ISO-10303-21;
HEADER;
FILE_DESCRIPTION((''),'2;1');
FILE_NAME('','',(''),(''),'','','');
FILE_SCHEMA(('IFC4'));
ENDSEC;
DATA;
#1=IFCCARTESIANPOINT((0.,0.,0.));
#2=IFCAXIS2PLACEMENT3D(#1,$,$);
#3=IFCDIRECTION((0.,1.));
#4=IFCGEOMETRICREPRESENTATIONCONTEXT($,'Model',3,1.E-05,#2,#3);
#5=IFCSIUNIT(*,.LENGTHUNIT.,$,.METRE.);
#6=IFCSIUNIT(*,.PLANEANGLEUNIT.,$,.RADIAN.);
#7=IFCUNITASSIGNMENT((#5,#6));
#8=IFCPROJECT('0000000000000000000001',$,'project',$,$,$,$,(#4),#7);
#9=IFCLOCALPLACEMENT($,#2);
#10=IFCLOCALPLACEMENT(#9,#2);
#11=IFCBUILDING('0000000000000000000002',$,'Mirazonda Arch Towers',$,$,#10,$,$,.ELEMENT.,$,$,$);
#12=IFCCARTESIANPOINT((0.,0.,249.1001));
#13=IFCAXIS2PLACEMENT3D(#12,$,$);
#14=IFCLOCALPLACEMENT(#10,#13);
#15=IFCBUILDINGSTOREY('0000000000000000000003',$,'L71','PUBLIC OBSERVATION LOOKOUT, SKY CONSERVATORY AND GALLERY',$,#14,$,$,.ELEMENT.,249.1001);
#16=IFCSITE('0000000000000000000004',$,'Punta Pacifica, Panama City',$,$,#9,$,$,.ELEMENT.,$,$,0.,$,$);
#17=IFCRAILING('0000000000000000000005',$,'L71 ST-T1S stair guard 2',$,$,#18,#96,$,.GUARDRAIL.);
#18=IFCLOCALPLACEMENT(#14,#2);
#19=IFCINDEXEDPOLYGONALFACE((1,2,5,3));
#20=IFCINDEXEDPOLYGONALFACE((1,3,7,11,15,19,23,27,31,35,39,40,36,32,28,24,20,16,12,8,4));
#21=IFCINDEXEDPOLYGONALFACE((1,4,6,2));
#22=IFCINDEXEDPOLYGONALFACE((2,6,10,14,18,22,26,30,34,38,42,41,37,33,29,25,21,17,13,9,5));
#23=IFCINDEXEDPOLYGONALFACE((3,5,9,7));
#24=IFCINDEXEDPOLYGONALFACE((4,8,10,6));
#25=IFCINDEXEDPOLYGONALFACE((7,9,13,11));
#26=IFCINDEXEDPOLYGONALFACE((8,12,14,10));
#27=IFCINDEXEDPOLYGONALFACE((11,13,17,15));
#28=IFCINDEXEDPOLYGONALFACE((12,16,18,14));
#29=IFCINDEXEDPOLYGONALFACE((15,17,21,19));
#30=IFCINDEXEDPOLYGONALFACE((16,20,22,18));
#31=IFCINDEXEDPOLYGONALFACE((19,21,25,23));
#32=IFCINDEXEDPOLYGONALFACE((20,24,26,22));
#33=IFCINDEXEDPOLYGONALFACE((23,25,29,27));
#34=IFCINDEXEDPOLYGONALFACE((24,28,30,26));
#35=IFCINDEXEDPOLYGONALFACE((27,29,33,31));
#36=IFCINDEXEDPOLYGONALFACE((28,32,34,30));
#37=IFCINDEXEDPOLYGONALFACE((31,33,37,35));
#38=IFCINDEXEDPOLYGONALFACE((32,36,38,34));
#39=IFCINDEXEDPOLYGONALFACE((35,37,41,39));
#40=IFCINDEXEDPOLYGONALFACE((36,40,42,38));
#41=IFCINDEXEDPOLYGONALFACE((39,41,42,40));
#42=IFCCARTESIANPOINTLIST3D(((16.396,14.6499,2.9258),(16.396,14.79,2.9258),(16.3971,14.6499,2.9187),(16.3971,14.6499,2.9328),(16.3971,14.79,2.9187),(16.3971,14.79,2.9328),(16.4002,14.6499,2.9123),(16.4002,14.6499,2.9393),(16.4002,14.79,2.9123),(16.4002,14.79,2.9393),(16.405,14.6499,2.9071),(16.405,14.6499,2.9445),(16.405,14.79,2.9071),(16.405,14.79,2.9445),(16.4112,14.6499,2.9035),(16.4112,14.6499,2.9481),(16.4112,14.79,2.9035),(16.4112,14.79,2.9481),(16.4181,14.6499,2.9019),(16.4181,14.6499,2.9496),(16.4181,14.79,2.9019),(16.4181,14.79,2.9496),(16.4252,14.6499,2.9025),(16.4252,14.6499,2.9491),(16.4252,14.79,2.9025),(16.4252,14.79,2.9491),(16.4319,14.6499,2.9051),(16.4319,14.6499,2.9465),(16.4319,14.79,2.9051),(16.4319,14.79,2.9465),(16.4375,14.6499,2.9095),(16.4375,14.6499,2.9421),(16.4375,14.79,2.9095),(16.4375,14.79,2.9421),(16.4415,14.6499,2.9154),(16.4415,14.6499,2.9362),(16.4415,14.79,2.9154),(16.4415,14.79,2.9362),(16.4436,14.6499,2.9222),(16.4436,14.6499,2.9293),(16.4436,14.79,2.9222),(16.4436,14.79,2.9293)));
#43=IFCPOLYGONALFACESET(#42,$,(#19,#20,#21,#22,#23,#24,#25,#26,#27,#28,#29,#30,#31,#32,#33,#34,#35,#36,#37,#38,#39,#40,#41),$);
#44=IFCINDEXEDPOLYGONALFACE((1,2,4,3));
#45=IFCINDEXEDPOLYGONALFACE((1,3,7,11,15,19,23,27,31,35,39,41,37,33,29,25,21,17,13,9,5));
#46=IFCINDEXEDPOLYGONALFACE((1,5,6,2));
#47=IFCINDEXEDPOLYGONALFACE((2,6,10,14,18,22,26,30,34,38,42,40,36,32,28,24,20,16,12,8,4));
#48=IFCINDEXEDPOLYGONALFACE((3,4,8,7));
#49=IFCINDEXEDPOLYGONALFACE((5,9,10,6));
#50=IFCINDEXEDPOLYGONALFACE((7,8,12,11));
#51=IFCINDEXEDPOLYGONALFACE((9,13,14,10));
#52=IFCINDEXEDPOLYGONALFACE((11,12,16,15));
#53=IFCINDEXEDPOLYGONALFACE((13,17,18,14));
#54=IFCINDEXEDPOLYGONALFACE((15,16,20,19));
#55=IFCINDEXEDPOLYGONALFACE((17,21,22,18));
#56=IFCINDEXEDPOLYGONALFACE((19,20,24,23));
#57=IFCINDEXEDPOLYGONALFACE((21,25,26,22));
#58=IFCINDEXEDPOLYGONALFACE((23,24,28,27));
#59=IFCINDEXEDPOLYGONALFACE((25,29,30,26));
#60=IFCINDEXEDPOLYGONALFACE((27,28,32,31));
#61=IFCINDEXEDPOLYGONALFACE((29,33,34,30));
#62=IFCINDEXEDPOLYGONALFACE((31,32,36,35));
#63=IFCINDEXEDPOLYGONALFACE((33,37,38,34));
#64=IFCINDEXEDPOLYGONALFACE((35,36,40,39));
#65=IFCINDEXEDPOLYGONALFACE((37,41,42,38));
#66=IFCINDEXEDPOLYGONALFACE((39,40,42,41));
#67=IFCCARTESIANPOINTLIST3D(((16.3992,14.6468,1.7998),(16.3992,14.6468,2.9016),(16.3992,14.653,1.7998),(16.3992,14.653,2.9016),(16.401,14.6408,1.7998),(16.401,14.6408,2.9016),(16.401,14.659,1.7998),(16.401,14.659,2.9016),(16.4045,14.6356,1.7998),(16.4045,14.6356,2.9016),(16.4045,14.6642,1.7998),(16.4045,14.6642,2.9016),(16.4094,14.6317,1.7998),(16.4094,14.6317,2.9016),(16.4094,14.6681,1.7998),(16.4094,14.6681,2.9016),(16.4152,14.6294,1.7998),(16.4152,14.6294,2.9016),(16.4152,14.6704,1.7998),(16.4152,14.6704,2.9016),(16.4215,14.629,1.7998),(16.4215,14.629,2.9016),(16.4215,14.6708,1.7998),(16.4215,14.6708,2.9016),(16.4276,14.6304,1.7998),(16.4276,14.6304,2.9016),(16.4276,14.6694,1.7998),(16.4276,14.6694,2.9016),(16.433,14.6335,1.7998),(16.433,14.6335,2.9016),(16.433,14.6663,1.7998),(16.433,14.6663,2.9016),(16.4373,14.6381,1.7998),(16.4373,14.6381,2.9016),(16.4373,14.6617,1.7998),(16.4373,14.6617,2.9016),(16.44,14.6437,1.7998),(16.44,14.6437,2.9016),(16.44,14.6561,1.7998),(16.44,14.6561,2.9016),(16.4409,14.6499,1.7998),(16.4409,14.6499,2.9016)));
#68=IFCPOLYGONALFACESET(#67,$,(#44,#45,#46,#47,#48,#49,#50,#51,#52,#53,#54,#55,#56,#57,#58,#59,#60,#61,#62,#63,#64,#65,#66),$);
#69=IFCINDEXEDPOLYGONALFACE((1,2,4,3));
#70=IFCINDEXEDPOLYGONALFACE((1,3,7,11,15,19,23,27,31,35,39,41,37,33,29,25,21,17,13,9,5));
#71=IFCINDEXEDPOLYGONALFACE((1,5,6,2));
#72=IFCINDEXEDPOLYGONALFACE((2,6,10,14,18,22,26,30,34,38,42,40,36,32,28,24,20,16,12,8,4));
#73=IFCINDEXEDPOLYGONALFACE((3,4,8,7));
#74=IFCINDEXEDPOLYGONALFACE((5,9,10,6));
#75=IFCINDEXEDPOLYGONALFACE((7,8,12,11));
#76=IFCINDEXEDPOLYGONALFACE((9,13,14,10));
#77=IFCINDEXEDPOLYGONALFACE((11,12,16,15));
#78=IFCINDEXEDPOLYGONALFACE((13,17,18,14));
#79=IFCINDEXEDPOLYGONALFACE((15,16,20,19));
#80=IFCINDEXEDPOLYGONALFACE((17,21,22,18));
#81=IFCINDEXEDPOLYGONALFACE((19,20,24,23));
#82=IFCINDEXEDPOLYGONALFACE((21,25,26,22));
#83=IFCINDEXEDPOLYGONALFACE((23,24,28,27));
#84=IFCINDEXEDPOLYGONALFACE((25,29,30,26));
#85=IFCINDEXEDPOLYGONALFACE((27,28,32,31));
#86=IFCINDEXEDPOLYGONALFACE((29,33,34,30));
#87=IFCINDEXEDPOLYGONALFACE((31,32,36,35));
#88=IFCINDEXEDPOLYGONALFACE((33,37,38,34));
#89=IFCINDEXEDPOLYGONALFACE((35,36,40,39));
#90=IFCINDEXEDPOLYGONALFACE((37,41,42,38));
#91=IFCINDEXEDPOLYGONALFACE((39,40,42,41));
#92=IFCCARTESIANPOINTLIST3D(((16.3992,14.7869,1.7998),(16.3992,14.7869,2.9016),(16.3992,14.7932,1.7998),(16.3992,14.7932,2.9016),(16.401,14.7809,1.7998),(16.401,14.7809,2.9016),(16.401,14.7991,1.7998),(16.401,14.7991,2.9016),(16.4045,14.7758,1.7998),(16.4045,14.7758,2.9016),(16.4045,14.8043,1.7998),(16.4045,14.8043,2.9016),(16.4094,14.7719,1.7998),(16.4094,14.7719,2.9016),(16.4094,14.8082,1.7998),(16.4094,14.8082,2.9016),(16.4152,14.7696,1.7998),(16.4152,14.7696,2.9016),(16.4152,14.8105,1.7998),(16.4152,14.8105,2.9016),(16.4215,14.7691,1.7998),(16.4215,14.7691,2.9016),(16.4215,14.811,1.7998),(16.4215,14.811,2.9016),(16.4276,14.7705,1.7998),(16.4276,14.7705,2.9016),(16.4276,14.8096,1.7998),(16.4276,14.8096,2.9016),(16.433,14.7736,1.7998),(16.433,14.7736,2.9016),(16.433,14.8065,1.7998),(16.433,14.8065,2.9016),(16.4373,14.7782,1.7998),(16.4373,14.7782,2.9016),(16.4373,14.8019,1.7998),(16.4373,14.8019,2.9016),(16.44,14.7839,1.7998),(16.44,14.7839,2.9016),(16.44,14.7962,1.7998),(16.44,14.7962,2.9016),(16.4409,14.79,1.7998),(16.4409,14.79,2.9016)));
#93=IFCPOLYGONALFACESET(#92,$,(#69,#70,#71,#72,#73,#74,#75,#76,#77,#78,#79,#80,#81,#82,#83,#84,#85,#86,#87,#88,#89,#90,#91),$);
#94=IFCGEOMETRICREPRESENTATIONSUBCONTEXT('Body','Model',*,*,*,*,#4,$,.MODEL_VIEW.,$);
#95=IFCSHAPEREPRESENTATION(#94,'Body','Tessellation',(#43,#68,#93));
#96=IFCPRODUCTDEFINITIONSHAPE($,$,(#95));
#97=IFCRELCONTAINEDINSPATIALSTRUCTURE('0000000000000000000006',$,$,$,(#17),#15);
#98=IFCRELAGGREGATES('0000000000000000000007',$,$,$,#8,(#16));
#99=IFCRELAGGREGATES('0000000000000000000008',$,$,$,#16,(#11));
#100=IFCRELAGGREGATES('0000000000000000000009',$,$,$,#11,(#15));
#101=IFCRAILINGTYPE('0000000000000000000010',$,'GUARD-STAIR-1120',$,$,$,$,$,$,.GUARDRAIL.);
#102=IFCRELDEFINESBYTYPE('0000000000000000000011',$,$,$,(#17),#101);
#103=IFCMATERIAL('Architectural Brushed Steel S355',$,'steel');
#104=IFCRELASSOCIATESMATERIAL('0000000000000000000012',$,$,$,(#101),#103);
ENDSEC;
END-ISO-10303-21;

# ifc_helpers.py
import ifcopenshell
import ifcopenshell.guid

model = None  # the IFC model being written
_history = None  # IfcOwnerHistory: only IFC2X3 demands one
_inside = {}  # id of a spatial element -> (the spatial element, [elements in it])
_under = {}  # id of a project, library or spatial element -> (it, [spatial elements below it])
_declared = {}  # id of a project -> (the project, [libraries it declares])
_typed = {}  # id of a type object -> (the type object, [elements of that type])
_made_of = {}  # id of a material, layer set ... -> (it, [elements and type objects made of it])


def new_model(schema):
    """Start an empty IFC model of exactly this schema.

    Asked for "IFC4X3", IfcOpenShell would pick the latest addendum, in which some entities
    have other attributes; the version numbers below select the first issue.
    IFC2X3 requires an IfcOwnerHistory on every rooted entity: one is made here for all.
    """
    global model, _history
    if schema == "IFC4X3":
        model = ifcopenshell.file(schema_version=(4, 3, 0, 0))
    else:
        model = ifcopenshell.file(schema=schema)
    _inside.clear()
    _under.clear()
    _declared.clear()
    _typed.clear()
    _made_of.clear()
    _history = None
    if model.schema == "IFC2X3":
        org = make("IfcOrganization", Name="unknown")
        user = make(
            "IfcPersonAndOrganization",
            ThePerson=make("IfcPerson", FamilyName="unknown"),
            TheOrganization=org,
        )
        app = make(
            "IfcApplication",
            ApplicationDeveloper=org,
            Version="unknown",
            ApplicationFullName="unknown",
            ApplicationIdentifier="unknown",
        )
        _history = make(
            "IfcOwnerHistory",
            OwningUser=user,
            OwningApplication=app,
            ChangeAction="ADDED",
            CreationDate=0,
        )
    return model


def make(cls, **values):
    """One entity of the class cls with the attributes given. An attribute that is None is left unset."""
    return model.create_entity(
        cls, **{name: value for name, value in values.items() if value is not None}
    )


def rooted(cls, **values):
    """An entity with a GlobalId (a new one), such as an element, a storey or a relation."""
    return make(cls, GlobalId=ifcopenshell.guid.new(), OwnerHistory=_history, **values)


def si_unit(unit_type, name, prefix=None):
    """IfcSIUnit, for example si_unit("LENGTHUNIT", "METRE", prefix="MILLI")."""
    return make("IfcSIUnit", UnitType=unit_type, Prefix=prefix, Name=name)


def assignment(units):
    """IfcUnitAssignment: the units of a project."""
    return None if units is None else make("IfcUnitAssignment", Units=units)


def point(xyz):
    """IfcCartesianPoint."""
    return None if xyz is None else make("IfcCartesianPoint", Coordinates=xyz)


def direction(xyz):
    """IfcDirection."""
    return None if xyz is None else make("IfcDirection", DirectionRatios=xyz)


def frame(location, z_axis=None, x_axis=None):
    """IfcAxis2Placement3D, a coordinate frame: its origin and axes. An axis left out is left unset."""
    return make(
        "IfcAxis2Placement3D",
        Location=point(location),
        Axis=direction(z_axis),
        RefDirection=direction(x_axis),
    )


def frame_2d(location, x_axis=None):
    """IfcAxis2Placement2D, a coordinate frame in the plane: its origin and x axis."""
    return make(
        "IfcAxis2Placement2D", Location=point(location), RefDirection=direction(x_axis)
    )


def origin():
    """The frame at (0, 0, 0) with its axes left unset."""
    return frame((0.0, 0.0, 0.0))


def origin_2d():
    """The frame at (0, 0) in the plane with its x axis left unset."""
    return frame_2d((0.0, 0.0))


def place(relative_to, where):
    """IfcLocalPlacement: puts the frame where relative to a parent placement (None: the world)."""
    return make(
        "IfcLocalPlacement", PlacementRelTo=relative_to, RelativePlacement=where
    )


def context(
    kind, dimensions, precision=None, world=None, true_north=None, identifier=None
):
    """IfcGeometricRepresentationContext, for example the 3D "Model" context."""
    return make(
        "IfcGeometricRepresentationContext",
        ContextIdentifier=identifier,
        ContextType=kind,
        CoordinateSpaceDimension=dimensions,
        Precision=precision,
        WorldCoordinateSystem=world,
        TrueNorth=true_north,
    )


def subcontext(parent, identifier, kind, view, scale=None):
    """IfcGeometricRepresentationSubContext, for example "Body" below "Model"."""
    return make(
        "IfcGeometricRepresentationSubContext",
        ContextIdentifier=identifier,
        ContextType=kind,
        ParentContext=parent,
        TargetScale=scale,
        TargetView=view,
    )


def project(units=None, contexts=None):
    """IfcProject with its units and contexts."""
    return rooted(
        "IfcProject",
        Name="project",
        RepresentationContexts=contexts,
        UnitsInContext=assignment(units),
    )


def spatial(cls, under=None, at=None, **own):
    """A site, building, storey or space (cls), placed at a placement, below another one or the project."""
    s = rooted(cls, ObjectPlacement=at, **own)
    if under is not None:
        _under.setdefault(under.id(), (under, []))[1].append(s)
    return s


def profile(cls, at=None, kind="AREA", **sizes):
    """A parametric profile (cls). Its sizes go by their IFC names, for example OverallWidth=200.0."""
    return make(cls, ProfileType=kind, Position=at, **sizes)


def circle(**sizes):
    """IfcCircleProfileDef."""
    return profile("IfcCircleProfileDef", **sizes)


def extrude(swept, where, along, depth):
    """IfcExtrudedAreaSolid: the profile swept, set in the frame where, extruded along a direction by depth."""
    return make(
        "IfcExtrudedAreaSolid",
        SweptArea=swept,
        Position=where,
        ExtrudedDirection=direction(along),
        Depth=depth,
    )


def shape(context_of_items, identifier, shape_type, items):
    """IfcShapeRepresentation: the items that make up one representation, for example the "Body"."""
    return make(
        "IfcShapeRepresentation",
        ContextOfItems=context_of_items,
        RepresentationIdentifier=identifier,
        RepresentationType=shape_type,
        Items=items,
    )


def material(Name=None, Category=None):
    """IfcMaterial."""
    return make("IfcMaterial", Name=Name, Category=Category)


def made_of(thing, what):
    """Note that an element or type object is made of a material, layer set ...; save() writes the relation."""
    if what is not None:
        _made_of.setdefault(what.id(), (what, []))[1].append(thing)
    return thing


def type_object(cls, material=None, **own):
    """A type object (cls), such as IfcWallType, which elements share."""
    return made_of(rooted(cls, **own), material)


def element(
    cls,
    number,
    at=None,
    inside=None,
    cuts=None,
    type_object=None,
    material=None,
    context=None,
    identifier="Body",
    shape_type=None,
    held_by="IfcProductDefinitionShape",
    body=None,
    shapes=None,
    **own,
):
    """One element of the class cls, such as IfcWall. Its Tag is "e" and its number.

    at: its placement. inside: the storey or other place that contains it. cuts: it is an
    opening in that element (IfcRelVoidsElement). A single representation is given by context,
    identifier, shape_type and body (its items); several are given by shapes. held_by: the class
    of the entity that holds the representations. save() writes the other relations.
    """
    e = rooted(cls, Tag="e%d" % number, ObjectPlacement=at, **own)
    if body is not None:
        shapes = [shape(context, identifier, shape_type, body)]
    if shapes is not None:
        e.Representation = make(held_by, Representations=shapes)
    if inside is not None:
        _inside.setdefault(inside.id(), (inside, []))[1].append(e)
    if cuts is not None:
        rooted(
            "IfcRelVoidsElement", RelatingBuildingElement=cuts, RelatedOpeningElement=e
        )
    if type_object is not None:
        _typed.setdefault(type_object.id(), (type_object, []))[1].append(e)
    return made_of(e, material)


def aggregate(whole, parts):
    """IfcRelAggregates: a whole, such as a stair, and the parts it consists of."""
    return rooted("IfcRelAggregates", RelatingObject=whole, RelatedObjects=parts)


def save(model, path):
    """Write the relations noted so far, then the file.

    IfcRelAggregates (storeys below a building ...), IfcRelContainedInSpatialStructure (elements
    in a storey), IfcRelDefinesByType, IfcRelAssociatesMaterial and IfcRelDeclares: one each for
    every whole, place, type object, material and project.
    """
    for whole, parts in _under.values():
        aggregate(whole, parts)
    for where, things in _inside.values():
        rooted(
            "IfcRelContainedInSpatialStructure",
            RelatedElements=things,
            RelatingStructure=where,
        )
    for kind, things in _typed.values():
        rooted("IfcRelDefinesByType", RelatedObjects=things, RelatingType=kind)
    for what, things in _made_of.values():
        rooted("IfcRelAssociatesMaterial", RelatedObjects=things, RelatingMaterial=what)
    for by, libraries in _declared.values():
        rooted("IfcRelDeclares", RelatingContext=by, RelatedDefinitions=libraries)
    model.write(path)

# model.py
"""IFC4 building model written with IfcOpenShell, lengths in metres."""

from ifc_helpers import new_model, si_unit, direction, frame, origin, origin_2d, place, context, subcontext, project, spatial, circle, extrude, material, type_object, element, save


model = new_model("IFC4")

# Units and contexts
model_context = context("Model", 3, precision=1e-05, world=origin(), true_north=direction((0.0, 1.0)))
body_context = subcontext(model_context, "Body", "Model", "MODEL_VIEW")
ifc_project = project(units=[si_unit("LENGTHUNIT", "METRE"), si_unit("PLANEANGLEUNIT", "RADIAN")], contexts=[model_context])

# Site, building, storey
site_placement = place(None, origin())
site = spatial("IfcSite", under=ifc_project, at=site_placement, Name="Punta Pacifica, Panama City", CompositionType="ELEMENT", RefElevation=0.0)
building_placement = place(site_placement, origin())
building = spatial("IfcBuilding", under=site, at=building_placement, Name="Mirazonda Arch Towers", CompositionType="ELEMENT")
storey_placement = place(building_placement, frame((0.0, 0.0, 249.1001)))
storey = spatial("IfcBuildingStorey", under=building, at=storey_placement, Name="L71", Description="PUBLIC OBSERVATION LOOKOUT, SKY CONSERVATORY AND GALLERY", CompositionType="ELEMENT", Elevation=249.1001)

# Railing
ifc_material_1 = material(Name="Architectural Brushed Steel S355", Category="steel")
railing_type_1 = type_object("IfcRailingType", Name="GUARD-STAIR-1120", PredefinedType="GUARDRAIL", material=ifc_material_1)
railing_1_placement = place(storey_placement, frame((16.4199, 14.6499, 1.7998)))
element("IfcRailing", 1, at=railing_1_placement, inside=storey, type_object=railing_type_1, Name="L71 ST-T1S stair guard 2", PredefinedType="GUARDRAIL", context=body_context, shape_type="SweptSolid", body=[
    extrude(circle(Radius=0.0239, at=origin_2d()), frame((0.0, 0.0, 1.126), z_axis=(0.0, 1.0, 0.0), x_axis=(-1.0, 0.0, 0.0)), (0.0, 0.0, 1.0), 0.1401),
    extrude(circle(Radius=0.021, at=origin_2d()), origin(), (0.0, 0.0, 1.0), 1.1018),
    extrude(circle(Radius=0.021, at=origin_2d()), frame((0.0, 0.1401, 0.0)), (0.0, 0.0, 1.0), 1.1018),
])

save(model, "model.ifc")
